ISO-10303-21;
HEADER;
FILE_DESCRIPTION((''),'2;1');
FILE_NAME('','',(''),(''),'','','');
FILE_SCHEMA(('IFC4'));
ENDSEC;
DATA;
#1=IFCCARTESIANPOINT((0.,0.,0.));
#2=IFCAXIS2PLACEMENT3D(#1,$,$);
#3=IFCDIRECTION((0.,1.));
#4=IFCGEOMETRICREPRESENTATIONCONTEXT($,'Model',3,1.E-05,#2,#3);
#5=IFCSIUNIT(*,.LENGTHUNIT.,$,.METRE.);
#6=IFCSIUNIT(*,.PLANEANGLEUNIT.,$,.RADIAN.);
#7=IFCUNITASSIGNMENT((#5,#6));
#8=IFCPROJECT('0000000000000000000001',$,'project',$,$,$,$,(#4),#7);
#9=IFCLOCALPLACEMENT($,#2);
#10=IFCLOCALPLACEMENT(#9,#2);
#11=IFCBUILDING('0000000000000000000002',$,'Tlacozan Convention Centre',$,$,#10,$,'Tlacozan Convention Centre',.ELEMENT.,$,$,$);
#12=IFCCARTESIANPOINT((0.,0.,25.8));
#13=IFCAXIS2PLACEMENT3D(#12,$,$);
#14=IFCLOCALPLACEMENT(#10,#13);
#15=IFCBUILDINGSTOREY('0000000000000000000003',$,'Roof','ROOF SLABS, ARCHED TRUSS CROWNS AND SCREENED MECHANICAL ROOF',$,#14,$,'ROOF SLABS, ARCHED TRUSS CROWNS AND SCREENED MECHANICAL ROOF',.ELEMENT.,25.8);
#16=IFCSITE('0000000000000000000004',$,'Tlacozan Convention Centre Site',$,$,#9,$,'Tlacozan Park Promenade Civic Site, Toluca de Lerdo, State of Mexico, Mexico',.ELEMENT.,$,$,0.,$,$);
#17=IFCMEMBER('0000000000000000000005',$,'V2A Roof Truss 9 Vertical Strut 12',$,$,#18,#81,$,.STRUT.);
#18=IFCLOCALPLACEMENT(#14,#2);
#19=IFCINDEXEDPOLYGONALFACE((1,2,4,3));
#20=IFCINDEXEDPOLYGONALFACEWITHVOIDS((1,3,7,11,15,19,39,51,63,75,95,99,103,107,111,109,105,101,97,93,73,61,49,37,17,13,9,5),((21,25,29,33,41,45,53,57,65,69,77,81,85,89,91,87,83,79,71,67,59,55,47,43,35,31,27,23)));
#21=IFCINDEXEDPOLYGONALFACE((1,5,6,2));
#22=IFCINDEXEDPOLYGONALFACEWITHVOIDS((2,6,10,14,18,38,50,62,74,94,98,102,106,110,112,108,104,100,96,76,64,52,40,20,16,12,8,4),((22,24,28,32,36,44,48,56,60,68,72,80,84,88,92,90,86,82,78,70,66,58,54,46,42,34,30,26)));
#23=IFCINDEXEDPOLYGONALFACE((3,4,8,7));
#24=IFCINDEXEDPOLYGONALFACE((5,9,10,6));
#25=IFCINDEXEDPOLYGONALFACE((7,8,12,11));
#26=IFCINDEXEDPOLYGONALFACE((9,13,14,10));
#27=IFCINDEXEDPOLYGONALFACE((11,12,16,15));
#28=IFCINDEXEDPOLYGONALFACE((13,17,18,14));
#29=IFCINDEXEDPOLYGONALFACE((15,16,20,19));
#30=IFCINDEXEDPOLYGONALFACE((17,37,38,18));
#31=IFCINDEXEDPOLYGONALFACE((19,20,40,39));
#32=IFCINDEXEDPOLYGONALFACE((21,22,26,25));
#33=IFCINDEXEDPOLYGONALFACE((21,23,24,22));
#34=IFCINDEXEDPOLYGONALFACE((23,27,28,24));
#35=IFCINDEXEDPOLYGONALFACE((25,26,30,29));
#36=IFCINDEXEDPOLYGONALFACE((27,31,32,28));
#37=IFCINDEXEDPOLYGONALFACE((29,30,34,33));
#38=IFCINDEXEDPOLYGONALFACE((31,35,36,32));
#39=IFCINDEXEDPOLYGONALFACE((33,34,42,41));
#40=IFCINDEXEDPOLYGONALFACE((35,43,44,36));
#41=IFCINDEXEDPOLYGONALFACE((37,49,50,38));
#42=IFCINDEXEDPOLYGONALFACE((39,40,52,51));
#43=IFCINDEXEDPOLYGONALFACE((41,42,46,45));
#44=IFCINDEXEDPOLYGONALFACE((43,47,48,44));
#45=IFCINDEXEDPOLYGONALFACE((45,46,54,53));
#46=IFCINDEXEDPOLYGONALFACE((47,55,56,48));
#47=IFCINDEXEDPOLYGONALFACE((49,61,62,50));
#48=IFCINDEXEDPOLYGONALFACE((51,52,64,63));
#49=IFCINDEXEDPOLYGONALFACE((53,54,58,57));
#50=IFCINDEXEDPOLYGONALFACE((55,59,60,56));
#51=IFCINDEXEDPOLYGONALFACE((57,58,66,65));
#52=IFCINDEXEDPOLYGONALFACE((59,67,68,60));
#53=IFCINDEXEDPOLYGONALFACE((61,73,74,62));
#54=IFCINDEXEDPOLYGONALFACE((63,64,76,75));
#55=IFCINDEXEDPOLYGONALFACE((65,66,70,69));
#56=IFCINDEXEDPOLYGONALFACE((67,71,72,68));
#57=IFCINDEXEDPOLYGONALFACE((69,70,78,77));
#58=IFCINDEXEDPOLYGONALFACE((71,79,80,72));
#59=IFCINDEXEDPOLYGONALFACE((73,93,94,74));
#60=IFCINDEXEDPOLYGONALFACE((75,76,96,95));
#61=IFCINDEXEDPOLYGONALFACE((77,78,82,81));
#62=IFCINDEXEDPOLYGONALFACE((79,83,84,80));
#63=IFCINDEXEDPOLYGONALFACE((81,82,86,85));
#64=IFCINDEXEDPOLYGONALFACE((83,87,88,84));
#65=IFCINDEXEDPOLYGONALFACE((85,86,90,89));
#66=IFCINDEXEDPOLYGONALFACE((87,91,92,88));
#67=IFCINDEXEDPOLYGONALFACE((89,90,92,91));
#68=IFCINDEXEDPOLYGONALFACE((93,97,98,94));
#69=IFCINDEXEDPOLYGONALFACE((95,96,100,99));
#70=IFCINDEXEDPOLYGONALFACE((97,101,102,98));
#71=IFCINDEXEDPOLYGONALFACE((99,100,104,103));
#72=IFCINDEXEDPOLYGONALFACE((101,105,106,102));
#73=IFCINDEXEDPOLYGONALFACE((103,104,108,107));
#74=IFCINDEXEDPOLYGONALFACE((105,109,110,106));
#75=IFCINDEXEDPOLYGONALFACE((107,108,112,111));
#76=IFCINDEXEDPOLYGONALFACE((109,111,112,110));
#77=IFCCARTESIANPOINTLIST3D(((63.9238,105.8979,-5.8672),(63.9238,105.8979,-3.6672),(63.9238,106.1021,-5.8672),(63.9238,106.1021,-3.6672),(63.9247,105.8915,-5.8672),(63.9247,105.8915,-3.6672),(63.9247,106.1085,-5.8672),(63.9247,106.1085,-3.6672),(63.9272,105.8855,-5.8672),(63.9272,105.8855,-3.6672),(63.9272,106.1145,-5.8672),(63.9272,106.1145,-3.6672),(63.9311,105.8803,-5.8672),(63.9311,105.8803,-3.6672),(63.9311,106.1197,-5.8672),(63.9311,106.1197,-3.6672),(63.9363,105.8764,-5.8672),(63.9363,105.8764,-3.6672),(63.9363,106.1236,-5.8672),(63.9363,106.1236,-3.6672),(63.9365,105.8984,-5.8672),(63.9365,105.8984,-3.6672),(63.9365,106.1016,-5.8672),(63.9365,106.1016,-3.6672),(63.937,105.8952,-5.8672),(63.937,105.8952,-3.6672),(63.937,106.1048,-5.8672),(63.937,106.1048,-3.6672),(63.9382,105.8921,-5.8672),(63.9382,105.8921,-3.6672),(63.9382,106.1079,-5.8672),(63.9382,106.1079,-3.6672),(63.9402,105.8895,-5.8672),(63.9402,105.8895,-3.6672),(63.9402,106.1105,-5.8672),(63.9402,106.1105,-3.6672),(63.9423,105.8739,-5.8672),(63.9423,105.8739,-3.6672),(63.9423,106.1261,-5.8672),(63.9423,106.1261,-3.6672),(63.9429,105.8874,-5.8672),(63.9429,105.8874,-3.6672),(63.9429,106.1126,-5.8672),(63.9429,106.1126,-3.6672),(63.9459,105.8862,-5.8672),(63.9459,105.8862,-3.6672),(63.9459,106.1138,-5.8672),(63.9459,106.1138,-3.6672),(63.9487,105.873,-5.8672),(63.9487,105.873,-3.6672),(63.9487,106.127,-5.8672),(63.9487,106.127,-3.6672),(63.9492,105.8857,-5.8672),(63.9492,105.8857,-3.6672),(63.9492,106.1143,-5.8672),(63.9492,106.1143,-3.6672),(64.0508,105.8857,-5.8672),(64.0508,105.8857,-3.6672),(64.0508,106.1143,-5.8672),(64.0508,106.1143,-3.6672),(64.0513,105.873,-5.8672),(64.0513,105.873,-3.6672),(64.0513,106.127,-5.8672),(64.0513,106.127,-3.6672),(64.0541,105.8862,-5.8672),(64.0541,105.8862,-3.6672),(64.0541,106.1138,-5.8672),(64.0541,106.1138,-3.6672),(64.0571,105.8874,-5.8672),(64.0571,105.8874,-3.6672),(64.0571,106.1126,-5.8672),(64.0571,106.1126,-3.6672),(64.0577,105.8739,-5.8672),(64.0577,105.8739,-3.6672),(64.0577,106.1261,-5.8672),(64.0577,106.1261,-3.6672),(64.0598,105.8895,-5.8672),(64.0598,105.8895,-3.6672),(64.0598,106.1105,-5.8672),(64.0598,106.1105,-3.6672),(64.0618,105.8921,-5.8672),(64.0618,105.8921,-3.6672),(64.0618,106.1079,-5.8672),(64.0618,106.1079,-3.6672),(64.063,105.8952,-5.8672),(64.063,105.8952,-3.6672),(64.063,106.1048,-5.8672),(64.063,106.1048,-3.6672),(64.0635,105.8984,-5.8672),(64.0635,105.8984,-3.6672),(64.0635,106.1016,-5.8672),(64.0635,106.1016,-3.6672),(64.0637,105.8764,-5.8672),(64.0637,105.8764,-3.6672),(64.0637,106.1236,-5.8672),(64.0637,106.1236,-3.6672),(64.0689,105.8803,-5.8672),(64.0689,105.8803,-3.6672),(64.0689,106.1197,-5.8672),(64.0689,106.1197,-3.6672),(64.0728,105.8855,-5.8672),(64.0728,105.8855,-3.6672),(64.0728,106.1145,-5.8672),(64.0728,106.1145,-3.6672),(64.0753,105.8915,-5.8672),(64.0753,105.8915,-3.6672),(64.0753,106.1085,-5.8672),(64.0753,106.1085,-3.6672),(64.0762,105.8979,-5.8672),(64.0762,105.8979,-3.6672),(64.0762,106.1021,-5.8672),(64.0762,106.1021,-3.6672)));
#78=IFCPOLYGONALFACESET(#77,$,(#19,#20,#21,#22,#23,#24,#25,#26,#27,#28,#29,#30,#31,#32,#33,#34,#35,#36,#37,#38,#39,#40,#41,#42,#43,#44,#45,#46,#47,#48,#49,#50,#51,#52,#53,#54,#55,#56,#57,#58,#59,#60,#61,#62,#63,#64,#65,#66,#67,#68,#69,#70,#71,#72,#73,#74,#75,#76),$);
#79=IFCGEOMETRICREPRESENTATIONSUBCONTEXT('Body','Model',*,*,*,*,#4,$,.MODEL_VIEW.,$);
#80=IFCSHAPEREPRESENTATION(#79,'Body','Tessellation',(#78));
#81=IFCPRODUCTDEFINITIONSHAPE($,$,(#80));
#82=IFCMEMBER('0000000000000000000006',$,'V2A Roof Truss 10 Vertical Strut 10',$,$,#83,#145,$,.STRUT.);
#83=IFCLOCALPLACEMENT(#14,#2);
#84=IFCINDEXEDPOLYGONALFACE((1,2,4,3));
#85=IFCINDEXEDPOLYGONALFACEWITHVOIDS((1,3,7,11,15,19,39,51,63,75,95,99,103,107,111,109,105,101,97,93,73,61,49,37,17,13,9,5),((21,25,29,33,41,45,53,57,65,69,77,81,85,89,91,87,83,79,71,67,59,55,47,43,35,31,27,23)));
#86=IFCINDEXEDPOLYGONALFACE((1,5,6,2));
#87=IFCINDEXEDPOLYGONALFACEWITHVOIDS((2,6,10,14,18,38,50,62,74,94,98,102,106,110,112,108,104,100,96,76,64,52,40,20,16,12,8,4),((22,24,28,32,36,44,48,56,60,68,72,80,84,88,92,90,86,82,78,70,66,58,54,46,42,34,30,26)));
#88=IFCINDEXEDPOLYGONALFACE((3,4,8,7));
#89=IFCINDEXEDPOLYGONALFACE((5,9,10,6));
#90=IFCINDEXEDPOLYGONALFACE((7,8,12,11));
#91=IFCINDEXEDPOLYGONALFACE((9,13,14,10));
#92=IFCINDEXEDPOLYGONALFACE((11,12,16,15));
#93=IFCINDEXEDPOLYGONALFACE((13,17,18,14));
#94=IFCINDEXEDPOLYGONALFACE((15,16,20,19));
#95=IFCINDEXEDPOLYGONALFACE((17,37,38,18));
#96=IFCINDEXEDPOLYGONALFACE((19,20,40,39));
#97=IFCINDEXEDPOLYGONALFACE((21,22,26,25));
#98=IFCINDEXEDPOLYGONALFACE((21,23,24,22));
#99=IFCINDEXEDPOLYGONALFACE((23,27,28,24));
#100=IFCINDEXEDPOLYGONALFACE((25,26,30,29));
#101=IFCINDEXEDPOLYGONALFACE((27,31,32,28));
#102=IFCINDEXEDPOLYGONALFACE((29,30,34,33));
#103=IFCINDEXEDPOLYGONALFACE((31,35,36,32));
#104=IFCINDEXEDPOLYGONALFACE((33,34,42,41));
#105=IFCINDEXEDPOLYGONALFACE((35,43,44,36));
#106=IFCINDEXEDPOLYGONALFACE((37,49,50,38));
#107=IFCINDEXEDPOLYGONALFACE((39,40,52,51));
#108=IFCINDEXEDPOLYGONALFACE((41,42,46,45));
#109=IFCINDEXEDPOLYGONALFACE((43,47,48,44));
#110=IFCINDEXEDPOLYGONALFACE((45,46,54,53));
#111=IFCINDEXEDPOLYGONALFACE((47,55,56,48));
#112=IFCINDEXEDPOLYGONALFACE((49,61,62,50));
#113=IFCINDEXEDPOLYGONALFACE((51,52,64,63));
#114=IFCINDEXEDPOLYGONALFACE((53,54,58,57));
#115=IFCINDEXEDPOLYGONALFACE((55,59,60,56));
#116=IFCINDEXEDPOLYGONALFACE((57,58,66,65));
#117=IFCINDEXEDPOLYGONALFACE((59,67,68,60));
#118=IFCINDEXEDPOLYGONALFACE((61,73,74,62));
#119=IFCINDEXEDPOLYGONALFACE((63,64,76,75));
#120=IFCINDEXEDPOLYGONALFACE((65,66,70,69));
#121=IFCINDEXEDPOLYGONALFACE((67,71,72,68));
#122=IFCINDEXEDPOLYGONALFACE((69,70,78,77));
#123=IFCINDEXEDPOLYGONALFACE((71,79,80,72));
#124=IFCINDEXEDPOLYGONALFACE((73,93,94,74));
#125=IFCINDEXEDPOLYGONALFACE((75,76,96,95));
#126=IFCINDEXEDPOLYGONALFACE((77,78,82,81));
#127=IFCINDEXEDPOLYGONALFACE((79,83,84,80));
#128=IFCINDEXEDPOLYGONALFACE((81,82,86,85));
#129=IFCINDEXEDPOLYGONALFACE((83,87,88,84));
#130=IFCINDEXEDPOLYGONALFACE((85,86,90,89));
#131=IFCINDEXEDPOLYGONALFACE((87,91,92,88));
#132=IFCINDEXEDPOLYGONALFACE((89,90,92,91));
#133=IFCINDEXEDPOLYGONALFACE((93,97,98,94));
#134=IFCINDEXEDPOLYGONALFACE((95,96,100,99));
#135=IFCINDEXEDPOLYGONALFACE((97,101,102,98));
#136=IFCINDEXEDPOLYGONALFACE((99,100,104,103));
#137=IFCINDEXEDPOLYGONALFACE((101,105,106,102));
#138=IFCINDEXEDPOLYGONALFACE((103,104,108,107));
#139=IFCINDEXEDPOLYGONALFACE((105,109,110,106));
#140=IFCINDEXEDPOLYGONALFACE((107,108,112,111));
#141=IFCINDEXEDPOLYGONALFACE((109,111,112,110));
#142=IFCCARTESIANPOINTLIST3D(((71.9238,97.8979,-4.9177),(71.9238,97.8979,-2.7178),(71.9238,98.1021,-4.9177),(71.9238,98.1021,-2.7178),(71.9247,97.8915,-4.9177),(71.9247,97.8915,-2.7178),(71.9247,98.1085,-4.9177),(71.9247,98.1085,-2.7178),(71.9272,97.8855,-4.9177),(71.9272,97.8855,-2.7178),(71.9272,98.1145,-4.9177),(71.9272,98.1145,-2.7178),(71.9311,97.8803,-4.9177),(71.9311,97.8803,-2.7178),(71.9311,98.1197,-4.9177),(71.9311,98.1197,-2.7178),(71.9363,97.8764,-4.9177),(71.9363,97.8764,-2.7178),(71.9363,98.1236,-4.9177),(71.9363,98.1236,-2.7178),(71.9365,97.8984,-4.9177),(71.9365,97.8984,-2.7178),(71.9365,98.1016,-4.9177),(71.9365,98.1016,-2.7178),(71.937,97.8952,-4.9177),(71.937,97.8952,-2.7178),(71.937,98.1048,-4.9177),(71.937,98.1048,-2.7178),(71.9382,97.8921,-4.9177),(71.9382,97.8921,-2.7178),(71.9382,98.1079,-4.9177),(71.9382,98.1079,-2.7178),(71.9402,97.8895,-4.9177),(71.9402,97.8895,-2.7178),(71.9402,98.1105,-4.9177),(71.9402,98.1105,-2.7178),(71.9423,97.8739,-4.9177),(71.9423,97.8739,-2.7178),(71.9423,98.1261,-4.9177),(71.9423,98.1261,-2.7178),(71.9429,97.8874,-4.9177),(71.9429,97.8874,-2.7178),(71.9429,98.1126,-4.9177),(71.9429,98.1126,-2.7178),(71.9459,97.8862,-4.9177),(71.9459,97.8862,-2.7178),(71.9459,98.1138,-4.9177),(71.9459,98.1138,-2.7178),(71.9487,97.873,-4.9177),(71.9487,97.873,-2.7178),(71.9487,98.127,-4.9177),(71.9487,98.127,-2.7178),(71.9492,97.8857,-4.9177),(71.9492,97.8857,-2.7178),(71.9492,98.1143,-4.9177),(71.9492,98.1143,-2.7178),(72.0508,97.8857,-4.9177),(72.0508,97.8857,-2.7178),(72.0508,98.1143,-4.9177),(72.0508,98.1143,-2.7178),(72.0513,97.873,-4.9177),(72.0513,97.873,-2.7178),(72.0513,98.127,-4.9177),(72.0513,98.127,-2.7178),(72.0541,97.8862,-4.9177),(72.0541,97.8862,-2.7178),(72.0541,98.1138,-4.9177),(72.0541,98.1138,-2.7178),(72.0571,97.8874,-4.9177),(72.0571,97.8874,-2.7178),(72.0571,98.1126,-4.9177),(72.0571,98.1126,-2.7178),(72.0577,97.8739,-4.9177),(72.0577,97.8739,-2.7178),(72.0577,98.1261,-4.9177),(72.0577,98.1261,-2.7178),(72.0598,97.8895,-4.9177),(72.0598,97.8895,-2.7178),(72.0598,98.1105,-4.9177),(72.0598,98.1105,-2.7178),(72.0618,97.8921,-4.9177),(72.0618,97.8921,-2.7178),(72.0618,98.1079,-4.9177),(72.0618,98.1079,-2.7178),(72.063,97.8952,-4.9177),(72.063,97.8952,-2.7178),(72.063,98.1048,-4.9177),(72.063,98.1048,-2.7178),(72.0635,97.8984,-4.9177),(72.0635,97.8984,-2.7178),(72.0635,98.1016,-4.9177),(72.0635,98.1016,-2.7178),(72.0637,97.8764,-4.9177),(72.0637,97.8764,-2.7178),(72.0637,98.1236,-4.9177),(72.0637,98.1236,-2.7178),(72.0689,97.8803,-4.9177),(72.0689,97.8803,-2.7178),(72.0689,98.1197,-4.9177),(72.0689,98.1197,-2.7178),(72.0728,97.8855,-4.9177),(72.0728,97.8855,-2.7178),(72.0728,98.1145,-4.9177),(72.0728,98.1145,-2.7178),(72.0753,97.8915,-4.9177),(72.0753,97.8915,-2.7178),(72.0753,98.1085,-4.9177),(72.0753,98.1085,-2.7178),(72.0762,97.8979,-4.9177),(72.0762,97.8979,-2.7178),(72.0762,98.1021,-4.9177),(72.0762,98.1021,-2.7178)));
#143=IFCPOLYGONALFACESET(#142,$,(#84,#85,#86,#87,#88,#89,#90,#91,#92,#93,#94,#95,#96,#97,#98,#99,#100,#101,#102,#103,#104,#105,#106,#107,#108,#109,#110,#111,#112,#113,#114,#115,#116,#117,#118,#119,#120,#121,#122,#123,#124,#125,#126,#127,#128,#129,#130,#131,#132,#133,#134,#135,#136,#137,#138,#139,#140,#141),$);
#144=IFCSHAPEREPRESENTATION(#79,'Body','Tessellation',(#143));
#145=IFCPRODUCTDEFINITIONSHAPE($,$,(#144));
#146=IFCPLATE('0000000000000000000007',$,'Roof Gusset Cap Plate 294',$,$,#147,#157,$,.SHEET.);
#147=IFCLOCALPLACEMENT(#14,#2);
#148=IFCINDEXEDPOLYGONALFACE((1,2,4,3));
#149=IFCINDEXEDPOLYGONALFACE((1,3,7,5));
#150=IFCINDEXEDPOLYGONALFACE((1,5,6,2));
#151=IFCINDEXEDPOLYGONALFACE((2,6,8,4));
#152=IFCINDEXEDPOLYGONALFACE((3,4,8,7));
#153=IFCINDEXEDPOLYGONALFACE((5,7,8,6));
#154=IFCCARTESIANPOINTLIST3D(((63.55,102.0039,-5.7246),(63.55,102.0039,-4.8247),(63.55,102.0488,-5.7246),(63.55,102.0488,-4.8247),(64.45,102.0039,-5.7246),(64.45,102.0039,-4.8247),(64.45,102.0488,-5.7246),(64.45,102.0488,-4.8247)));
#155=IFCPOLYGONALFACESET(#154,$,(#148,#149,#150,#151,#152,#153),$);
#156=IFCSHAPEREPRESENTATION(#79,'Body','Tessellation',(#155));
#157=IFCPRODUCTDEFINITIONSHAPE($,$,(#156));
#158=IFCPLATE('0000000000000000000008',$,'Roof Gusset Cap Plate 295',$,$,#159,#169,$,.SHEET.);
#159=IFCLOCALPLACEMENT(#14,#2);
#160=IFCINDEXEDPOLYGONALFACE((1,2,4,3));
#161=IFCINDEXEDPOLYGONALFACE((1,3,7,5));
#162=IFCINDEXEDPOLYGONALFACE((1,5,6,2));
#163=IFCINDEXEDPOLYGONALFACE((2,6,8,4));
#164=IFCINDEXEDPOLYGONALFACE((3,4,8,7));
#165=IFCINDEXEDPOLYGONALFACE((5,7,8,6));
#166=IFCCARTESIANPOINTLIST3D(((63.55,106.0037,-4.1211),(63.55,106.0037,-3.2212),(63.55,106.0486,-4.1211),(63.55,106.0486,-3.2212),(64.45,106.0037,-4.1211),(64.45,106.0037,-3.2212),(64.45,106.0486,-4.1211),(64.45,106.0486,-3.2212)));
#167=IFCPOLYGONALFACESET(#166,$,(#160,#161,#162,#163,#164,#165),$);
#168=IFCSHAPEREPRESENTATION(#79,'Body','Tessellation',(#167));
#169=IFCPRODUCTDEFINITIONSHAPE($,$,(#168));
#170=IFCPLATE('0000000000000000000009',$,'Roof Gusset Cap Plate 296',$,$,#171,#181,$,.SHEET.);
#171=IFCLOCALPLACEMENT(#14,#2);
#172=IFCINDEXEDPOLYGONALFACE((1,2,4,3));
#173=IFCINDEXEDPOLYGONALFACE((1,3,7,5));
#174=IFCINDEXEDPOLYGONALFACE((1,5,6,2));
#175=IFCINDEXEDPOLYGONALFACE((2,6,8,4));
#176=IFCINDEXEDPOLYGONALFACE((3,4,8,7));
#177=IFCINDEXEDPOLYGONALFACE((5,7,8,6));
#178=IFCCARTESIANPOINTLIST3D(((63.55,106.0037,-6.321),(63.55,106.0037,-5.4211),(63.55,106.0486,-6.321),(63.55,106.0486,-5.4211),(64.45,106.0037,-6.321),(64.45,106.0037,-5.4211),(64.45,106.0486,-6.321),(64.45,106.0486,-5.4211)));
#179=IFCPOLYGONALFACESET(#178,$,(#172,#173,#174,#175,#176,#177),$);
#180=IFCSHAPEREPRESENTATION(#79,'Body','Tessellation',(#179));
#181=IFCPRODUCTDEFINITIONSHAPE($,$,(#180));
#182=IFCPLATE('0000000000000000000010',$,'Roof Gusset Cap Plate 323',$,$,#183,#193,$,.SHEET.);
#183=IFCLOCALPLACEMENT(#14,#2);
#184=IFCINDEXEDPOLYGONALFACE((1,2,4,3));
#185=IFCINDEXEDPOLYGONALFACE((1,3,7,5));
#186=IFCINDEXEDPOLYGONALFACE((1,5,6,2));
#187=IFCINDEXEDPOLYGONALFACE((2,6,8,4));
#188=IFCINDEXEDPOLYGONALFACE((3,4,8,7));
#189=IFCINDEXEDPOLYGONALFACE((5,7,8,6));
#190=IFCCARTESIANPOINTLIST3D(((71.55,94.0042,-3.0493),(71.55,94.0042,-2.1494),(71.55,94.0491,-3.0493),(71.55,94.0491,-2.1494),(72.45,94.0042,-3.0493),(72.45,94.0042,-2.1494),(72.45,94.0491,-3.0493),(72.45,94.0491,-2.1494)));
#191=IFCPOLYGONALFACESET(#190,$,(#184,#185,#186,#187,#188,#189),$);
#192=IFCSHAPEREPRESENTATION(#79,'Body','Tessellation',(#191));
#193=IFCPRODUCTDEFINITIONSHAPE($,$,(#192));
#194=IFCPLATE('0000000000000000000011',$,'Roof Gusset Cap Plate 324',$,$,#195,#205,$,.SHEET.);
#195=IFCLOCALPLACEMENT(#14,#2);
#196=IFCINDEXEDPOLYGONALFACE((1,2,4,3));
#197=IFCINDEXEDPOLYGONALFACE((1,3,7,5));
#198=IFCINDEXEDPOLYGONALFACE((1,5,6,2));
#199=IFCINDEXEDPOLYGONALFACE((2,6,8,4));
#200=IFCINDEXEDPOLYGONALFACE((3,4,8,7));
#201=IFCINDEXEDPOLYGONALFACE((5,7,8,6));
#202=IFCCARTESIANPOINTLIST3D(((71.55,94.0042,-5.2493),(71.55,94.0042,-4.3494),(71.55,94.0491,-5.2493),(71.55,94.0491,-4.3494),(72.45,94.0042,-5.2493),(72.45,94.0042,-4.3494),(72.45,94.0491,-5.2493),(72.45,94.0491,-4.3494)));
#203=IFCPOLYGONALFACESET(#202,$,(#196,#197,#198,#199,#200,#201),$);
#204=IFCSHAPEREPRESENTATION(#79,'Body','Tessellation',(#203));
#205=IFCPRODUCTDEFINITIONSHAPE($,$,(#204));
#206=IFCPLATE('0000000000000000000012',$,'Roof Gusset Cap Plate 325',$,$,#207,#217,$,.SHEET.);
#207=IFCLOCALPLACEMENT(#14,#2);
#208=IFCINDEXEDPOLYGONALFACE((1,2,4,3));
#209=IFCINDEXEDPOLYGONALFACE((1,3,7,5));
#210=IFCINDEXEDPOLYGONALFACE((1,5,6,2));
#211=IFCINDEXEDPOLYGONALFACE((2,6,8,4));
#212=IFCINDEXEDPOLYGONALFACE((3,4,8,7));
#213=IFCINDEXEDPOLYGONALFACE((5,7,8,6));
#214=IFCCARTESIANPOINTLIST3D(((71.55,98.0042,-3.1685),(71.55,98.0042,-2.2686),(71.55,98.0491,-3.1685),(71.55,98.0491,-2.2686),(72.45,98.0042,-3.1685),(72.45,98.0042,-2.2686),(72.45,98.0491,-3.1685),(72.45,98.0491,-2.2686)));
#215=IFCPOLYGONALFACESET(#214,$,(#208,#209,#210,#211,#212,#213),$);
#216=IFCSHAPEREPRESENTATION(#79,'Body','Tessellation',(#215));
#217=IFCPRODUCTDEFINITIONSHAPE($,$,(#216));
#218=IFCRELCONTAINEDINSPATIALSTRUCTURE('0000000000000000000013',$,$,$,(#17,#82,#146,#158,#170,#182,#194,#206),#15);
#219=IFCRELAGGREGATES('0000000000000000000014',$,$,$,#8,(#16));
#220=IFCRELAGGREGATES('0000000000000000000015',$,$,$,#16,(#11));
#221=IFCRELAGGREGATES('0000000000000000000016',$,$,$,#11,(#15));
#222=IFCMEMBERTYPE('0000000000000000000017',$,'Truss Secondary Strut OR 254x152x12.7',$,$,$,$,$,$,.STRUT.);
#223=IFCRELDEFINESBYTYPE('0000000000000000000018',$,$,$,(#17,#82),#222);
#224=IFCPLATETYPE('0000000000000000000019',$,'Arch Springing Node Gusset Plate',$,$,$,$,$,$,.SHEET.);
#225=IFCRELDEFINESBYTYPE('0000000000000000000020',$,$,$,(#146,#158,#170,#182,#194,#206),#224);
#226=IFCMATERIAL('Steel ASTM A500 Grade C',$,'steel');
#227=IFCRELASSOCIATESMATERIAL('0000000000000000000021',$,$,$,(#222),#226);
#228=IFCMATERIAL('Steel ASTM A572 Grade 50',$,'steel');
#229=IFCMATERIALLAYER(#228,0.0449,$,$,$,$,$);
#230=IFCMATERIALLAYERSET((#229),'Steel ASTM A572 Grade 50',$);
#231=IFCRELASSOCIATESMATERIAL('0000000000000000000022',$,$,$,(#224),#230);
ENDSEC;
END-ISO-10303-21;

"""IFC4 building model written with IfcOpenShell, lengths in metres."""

from ifc_helpers import new_model, si_unit, direction, frame, origin, origin_2d, place, context, subcontext, project, spatial, rectangle, hollow_rectangle, extrude, material, layer, layer_set, material_profile, profile_set, type_object, element, save


model = new_model("IFC4")

# Units and contexts
model_context = context("Model", 3, precision=1e-05, world=origin(), true_north=direction((0.0, 1.0)))
body_context = subcontext(model_context, "Body", "Model", "MODEL_VIEW")
ifc_project = project(units=[si_unit("LENGTHUNIT", "METRE"), si_unit("PLANEANGLEUNIT", "RADIAN")], contexts=[model_context])

# Site, building, storey
site_placement = place(None, origin())
site = spatial("IfcSite", under=ifc_project, at=site_placement, Name="Tlacozan Convention Centre Site", LongName="Tlacozan Park Promenade Civic Site, Toluca de Lerdo, State of Mexico, Mexico", CompositionType="ELEMENT", RefElevation=0.0)
building_placement = place(site_placement, origin())
building = spatial("IfcBuilding", under=site, at=building_placement, Name="Tlacozan Convention Centre", LongName="Tlacozan Convention Centre", CompositionType="ELEMENT")
storey_placement = place(building_placement, frame((0.0, 0.0, 25.8)))
storey = spatial("IfcBuildingStorey", under=building, at=storey_placement, Name="Roof", Description="ROOF SLABS, ARCHED TRUSS CROWNS AND SCREENED MECHANICAL ROOF", LongName="ROOF SLABS, ARCHED TRUSS CROWNS AND SCREENED MECHANICAL ROOF", CompositionType="ELEMENT", Elevation=25.8)

# Members
ifc_material_1 = material(Name="Steel ASTM A500 Grade C", Category="steel")
ifc_material_profile_1 = material_profile(ifc_material_1, hollow_rectangle(XDim=0.1523, YDim=0.2539, WallThickness=0.0127, InnerFilletRadius=0.0127, OuterFilletRadius=0.0249, at=origin_2d()), Name="OR 254x152x12.7")
ifc_profile_set_1 = profile_set([ifc_material_profile_1], Name="Steel ASTM A500 Grade C")
member_type_1 = type_object("IfcMemberType", Name="Truss Secondary Strut OR 254x152x12.7", PredefinedType="STRUT", material=ifc_profile_set_1)
for number, where, z_axis, x_axis, name in (
    (1, (64.0, 106.0, -5.8672), (0.0, 0.0, 1.0), (1.0, 0.0, 0.0), "V2A Roof Truss 9 Vertical Strut 12"),
    (2, (72.0, 98.0, -4.9177), (0.0, 0.0, 1.0), (1.0, 0.0, 0.0), "V2A Roof Truss 10 Vertical Strut 10"),
):
    element("IfcMember", number, at=place(storey_placement, frame(where, z_axis=z_axis, x_axis=x_axis)), inside=storey, type_object=member_type_1, Name=name, PredefinedType="STRUT", context=body_context, shape_type="SweptSolid", body=[
        extrude(hollow_rectangle(XDim=0.1523, YDim=0.2539, WallThickness=0.0127, InnerFilletRadius=0.0127, OuterFilletRadius=0.0249, at=origin_2d()), origin(), (0.0, 0.0, 1.0), 2.2),
    ])

# Plates
ifc_material_2 = material(Name="Steel ASTM A572 Grade 50", Category="steel")
ifc_layer = layer(ifc_material_2, 0.0449)
ifc_layer_set = layer_set([ifc_layer], Name="Steel ASTM A572 Grade 50")
plate_type = type_object("IfcPlateType", Name="Arch Springing Node Gusset Plate", PredefinedType="SHEET", material=ifc_layer_set)
for number, where, z_axis, x_axis, name in (
    (3, (64.0, 102.0264, -5.7246), (0.0, 0.0, 1.0), (0.0, 1.0, 0.0), "Roof Gusset Cap Plate 294"),
    (4, (64.0, 106.0261, -4.1211), (0.0, 0.0, 1.0), (0.0, 1.0, 0.0), "Roof Gusset Cap Plate 295"),
    (5, (64.0, 106.0261, -6.321), (0.0, 0.0, 1.0), (0.0, 1.0, 0.0), "Roof Gusset Cap Plate 296"),
    (6, (72.0, 94.0266, -3.0493), (0.0, 0.0, 1.0), (0.0, 1.0, 0.0), "Roof Gusset Cap Plate 323"),
    (7, (72.0, 94.0266, -5.2493), (0.0, 0.0, 1.0), (0.0, 1.0, 0.0), "Roof Gusset Cap Plate 324"),
    (8, (72.0, 98.0266, -3.1685), (0.0, 0.0, 1.0), (0.0, 1.0, 0.0), "Roof Gusset Cap Plate 325"),
):
    element("IfcPlate", number, at=place(storey_placement, frame(where, z_axis=z_axis, x_axis=x_axis)), inside=storey, type_object=plate_type, Name=name, PredefinedType="SHEET", context=body_context, shape_type="SweptSolid", body=[
        extrude(rectangle(XDim=0.0449, YDim=0.8999, at=origin_2d()), origin(), (0.0, 0.0, 1.0), 0.8999),
    ])

save(model, "model.ifc")
